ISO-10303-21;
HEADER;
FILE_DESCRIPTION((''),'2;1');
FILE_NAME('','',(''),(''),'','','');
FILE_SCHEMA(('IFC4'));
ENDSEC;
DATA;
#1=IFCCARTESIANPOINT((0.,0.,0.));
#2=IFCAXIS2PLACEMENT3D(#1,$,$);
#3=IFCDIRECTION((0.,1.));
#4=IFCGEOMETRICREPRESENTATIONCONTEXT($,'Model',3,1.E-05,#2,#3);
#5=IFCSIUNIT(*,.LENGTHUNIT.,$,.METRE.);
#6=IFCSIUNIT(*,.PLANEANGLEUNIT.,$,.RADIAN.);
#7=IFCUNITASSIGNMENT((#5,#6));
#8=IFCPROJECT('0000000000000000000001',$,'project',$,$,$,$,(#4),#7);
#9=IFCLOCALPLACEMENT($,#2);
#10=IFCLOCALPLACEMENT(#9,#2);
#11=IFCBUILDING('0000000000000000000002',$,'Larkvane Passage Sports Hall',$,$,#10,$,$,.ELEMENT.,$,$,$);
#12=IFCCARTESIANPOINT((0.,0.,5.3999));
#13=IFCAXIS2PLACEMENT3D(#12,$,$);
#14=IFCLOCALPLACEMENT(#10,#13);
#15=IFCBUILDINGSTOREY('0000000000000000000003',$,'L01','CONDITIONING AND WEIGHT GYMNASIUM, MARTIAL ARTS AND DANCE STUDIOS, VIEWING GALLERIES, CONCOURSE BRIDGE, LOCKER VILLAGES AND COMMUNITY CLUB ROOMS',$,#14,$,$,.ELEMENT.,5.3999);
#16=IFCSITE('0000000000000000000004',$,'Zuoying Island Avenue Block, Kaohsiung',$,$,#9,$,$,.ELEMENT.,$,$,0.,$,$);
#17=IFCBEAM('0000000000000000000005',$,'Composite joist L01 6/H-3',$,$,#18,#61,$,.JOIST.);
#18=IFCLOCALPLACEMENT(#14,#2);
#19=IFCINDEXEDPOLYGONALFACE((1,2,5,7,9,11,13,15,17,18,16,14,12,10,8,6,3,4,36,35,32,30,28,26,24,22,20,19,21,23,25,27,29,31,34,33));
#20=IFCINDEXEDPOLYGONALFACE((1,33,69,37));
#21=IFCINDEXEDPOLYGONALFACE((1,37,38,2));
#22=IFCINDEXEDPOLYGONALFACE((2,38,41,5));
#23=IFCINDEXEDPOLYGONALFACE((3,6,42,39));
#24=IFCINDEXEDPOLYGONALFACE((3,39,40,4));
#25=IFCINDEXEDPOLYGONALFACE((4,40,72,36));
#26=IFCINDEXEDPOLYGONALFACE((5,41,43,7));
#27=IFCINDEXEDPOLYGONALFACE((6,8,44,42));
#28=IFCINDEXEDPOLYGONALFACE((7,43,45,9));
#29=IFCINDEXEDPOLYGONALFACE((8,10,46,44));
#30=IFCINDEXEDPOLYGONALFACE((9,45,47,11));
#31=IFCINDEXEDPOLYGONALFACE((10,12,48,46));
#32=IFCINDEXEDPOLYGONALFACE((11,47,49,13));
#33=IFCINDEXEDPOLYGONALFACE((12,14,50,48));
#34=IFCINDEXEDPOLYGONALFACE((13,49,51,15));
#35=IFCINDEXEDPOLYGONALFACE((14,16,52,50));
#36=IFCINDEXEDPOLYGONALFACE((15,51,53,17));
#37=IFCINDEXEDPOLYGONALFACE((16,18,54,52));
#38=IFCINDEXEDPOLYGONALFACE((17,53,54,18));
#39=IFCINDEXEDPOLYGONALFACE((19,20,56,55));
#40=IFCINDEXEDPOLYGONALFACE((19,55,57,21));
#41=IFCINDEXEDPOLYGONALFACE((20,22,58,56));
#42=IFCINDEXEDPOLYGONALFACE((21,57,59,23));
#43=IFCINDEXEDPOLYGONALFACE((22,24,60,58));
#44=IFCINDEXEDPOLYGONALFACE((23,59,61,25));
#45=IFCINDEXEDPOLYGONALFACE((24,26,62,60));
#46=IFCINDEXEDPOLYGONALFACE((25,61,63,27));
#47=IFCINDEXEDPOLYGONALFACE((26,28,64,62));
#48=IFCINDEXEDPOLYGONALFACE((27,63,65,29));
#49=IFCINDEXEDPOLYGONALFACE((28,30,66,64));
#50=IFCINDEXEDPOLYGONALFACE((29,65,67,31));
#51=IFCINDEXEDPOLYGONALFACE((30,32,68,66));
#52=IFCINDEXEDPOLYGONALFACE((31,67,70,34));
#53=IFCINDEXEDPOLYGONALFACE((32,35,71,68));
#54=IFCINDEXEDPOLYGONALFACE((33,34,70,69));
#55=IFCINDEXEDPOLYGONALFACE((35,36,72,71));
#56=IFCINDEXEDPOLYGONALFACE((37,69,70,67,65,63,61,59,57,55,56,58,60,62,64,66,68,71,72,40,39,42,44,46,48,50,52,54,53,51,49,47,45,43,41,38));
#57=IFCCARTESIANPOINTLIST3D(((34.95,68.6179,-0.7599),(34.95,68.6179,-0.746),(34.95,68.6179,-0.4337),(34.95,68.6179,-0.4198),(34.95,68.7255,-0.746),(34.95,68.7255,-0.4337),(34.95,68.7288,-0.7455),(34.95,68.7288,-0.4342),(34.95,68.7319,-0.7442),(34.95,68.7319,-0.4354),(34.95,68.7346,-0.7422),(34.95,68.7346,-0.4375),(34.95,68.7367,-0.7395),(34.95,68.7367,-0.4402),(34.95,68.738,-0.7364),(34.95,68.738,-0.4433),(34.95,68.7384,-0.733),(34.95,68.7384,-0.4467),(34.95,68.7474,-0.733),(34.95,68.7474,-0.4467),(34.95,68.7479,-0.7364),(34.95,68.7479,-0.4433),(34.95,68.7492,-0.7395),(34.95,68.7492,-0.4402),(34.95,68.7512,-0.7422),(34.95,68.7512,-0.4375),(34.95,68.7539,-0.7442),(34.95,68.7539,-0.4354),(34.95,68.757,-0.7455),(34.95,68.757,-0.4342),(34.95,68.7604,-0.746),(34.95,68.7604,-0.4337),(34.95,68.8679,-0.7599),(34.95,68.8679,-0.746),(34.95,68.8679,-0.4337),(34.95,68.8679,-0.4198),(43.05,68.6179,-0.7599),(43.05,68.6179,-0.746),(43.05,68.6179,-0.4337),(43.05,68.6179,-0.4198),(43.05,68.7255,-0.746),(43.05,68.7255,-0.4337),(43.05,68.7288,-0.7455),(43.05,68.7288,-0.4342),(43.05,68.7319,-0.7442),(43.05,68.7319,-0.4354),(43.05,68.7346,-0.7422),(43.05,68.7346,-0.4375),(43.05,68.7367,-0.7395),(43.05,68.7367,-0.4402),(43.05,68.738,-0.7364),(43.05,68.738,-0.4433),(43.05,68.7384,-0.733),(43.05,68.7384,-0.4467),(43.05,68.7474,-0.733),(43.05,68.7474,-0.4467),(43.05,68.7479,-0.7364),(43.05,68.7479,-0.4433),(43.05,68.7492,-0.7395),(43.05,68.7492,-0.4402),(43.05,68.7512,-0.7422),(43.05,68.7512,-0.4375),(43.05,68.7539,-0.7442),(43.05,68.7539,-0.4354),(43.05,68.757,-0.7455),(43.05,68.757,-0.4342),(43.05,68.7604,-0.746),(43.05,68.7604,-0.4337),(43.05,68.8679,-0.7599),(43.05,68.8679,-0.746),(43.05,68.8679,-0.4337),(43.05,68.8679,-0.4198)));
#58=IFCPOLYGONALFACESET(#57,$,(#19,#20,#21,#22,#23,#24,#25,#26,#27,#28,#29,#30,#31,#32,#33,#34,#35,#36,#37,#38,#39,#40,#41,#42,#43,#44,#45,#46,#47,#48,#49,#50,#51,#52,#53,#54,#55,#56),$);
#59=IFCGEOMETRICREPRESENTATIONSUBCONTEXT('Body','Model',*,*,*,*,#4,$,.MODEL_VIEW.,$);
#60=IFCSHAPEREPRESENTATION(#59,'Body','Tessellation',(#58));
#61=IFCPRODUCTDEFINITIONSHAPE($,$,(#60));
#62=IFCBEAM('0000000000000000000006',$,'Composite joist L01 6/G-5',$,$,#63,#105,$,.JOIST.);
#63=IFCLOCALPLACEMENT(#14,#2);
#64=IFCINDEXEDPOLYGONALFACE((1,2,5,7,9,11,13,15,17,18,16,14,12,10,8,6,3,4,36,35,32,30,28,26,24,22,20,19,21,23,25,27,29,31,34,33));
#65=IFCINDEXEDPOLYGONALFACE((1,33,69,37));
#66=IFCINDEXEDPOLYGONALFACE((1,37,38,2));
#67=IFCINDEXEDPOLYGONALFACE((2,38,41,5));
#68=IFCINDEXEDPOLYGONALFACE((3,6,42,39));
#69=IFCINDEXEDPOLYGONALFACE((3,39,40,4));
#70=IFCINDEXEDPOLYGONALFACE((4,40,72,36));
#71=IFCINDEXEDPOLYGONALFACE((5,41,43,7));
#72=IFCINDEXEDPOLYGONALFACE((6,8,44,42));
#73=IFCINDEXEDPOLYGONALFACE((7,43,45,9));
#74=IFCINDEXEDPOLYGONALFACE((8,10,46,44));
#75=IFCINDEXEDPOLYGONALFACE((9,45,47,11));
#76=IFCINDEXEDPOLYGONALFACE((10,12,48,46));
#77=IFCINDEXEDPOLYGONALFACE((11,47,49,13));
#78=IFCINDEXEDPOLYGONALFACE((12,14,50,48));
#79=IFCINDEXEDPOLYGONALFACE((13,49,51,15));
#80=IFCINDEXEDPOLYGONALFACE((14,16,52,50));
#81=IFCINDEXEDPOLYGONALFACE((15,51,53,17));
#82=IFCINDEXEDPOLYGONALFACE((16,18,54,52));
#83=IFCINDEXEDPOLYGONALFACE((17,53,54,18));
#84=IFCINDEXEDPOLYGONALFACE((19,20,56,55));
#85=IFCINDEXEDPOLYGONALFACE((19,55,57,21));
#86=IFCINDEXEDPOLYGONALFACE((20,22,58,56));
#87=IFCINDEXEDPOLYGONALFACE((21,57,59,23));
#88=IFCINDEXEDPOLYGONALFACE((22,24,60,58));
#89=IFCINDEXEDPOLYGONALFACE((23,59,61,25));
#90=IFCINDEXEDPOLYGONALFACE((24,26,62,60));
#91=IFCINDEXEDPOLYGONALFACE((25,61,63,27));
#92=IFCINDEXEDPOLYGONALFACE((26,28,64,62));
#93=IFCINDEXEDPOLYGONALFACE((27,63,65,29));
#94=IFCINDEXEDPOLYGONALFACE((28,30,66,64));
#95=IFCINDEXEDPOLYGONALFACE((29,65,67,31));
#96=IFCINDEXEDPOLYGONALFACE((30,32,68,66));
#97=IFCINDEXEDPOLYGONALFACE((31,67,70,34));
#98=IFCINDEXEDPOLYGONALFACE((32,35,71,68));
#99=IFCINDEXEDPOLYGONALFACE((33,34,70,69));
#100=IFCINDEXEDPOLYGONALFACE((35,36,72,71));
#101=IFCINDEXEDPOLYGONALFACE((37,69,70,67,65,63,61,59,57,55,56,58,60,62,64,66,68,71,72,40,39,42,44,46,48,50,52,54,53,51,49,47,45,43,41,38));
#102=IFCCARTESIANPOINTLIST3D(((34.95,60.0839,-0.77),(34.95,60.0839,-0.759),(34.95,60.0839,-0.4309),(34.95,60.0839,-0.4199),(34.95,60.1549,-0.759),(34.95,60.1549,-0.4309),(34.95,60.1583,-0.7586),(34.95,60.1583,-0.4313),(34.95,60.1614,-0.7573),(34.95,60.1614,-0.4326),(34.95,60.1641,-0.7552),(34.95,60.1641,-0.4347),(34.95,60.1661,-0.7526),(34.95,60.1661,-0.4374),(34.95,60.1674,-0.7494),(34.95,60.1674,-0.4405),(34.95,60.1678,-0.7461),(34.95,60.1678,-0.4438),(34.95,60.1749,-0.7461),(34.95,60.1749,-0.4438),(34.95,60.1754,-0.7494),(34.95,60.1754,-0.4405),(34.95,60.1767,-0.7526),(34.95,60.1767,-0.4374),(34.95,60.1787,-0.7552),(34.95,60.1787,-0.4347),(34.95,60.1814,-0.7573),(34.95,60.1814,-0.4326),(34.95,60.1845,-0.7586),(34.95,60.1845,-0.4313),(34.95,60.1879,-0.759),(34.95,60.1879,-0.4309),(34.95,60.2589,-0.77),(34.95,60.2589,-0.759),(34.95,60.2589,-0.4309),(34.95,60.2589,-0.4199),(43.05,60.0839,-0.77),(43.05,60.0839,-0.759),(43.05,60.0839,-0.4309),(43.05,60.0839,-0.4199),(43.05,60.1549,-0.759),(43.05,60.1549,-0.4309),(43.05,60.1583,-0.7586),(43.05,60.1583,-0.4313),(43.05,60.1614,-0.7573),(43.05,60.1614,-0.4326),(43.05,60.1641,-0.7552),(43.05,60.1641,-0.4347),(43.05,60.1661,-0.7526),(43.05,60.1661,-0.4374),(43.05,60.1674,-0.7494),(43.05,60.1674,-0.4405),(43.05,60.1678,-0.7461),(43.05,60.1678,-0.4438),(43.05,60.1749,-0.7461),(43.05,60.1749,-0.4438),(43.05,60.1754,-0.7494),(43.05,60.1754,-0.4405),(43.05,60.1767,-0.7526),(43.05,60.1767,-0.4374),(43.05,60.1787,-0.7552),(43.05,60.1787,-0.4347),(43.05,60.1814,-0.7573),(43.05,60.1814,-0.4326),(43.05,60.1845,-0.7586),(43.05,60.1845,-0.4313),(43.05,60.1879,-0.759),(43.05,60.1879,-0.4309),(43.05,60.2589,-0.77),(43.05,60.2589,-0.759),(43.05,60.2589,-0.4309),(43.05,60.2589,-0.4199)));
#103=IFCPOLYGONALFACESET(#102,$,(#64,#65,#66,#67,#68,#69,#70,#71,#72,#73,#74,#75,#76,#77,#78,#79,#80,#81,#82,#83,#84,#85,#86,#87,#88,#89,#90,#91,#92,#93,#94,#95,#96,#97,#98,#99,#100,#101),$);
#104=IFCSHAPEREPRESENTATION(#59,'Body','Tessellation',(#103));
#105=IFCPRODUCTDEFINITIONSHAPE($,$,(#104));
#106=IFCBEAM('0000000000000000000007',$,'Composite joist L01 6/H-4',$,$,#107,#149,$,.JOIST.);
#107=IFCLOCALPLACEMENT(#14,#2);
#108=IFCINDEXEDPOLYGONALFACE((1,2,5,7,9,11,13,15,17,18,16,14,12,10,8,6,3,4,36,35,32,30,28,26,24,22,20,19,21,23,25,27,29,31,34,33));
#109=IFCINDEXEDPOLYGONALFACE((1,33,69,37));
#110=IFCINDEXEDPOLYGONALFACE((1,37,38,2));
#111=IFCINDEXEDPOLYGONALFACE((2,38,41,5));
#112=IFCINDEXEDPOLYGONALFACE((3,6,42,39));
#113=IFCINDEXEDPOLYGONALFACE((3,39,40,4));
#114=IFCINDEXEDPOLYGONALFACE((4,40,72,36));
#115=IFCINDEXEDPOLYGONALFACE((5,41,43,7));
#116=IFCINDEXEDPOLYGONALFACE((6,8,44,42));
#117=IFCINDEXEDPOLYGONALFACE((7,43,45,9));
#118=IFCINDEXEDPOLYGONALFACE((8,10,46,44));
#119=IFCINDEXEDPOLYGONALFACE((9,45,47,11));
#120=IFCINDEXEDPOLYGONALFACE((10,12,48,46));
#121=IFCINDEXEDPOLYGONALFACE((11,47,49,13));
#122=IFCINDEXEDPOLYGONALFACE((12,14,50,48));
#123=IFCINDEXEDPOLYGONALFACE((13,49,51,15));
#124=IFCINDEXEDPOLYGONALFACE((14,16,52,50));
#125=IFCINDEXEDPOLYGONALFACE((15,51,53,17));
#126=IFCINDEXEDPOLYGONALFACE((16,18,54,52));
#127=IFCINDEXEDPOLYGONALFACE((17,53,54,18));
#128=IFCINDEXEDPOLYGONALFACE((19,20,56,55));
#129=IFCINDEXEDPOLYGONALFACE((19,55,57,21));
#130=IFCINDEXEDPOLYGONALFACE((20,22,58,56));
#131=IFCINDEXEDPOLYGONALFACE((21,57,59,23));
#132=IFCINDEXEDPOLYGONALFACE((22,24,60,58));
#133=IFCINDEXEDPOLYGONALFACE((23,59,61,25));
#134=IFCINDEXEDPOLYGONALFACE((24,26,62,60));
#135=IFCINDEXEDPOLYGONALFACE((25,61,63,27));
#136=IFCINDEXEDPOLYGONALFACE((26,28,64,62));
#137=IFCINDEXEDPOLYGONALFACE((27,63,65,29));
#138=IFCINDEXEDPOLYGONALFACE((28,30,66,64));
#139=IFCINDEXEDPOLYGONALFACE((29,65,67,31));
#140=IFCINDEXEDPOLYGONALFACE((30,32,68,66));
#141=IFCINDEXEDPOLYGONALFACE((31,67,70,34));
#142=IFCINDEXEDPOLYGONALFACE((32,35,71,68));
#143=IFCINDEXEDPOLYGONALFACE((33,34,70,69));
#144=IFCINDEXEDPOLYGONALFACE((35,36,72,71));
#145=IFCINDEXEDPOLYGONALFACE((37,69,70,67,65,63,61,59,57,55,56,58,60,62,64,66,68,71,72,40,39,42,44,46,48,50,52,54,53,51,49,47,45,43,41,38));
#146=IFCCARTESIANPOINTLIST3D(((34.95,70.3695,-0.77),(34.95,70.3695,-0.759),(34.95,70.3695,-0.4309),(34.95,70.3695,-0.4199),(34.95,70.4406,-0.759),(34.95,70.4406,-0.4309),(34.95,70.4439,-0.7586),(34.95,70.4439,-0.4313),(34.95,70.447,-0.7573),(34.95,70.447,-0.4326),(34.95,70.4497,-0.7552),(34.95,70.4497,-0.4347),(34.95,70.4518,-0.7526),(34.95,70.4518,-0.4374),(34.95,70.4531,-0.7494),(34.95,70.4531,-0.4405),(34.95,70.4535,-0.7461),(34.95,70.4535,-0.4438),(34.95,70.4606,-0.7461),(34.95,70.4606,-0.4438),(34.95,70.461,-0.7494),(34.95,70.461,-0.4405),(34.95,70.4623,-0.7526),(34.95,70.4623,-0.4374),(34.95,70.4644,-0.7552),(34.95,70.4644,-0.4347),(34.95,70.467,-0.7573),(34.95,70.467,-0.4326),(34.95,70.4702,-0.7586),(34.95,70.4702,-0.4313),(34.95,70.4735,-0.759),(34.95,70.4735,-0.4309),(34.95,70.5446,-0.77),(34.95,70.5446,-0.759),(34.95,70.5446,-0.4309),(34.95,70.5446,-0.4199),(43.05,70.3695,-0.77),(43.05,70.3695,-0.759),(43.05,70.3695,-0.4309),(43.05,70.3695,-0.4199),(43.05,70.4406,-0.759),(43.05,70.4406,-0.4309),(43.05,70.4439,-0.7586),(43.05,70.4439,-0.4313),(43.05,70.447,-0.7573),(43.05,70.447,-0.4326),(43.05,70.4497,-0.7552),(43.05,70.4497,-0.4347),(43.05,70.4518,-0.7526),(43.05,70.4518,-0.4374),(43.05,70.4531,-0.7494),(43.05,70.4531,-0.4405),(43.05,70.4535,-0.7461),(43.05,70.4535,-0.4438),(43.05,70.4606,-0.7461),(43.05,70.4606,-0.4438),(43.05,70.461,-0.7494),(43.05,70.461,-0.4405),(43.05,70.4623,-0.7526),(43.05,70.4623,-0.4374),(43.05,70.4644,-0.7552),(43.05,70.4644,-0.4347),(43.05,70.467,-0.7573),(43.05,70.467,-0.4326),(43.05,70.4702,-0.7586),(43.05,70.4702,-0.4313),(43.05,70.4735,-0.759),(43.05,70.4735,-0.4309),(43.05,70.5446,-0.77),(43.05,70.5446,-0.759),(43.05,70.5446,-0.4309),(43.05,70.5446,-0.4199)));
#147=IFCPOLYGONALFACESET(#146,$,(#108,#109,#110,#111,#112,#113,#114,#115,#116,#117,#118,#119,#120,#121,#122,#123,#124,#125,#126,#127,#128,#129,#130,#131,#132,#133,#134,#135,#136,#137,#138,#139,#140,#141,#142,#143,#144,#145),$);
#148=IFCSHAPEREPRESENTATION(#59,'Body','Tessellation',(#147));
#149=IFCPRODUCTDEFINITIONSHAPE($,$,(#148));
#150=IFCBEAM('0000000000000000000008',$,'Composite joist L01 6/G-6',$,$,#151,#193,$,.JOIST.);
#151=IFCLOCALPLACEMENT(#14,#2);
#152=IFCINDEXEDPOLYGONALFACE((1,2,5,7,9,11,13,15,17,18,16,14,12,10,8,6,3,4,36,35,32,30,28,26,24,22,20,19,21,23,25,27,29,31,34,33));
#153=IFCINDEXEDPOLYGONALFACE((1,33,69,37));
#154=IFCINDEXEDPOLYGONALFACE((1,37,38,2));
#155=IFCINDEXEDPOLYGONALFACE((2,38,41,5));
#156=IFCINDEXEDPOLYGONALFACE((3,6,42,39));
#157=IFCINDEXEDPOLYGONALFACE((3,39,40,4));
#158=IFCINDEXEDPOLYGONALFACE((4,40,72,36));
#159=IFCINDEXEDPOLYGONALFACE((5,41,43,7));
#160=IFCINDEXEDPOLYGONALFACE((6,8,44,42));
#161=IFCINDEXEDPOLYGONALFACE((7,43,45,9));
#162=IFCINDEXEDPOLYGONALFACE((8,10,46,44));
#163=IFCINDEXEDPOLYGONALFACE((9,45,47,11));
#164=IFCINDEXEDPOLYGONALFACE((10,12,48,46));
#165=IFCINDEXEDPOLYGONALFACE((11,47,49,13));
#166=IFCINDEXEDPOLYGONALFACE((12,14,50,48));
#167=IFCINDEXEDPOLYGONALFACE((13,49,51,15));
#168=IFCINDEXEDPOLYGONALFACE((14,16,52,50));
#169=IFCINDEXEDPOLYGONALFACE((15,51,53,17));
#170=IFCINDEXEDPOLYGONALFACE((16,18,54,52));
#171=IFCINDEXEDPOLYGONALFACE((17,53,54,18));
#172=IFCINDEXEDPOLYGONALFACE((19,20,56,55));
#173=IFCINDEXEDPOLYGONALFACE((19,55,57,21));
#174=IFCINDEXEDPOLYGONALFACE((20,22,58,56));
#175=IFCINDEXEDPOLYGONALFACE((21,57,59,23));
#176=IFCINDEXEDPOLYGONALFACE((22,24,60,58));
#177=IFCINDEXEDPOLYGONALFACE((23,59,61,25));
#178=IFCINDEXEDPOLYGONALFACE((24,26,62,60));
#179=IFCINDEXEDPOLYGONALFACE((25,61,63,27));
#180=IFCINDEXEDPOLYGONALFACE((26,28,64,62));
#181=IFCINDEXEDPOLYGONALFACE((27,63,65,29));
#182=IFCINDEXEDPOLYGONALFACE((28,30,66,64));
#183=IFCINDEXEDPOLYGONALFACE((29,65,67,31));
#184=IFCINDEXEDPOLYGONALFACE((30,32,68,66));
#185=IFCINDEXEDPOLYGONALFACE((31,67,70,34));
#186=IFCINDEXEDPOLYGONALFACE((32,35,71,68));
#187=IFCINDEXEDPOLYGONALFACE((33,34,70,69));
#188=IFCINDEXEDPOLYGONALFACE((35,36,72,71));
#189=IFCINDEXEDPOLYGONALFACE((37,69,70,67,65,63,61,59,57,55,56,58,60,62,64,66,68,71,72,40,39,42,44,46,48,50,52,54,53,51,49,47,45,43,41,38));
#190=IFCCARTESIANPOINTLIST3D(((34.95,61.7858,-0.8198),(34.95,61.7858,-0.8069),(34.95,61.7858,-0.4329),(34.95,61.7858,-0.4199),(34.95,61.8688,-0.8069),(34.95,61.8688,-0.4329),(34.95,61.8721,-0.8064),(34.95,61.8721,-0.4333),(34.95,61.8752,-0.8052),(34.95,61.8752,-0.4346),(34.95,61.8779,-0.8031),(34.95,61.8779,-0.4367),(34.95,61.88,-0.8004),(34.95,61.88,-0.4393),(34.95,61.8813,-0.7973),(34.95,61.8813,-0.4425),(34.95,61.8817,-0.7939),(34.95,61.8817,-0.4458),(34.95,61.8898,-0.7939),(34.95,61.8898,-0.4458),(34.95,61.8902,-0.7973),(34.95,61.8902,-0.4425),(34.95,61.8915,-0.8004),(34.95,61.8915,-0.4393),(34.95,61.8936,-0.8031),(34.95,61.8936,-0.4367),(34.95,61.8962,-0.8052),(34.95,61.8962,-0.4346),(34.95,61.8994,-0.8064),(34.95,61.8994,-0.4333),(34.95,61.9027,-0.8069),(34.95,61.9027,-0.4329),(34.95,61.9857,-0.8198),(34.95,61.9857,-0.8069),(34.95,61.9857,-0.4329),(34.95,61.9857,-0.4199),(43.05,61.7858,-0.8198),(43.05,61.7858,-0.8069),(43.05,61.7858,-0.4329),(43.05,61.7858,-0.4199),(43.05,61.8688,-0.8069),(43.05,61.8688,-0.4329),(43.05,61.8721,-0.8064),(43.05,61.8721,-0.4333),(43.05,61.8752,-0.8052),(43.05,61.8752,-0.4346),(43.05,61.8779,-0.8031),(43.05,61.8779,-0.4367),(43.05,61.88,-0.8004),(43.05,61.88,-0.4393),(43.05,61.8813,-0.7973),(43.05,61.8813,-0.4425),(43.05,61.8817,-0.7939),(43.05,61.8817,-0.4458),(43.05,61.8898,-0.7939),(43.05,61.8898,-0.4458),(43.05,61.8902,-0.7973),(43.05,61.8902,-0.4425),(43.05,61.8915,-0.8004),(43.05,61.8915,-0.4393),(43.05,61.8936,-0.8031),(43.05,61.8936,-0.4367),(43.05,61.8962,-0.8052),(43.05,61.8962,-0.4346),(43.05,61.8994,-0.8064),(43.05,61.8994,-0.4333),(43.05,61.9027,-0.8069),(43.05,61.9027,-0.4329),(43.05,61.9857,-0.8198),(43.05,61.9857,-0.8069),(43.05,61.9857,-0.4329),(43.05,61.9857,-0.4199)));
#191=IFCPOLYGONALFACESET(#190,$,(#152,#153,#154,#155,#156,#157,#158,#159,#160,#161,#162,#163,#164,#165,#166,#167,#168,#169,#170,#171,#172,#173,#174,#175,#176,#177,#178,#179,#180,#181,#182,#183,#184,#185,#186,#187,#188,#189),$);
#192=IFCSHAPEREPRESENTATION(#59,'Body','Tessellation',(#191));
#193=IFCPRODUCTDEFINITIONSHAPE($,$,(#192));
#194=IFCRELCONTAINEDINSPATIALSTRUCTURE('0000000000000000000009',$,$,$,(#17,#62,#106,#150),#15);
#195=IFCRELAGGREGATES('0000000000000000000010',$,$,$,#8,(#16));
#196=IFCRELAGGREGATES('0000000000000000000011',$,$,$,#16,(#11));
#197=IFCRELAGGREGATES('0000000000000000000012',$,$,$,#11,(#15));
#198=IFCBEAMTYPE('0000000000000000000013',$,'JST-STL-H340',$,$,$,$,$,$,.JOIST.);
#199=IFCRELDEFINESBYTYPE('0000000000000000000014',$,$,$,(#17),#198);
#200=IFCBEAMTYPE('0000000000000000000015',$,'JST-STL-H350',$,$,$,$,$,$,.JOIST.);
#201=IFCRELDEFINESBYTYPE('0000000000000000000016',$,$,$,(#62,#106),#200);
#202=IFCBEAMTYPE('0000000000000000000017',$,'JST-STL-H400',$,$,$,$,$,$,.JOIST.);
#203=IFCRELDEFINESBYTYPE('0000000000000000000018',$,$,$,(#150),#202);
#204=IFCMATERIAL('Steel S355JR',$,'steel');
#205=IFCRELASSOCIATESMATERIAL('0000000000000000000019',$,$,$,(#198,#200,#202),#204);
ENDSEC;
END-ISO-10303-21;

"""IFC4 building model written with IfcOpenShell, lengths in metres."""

from ifc_helpers import new_model, si_unit, direction, frame, origin, origin_2d, place, context, subcontext, project, spatial, i_section, extrude, material, material_profile, profile_set, type_object, element, save


model = new_model("IFC4")

# Units and contexts
model_context = context("Model", 3, precision=1e-05, world=origin(), true_north=direction((0.0, 1.0)))
body_context = subcontext(model_context, "Body", "Model", "MODEL_VIEW")
ifc_project = project(units=[si_unit("LENGTHUNIT", "METRE"), si_unit("PLANEANGLEUNIT", "RADIAN")], contexts=[model_context])

# Site, building, storey
site_placement = place(None, origin())
site = spatial("IfcSite", under=ifc_project, at=site_placement, Name="Zuoying Island Avenue Block, Kaohsiung", CompositionType="ELEMENT", RefElevation=0.0)
building_placement = place(site_placement, origin())
building = spatial("IfcBuilding", under=site, at=building_placement, Name="Larkvane Passage Sports Hall", CompositionType="ELEMENT")
storey_placement = place(building_placement, frame((0.0, 0.0, 5.3999)))
storey = spatial("IfcBuildingStorey", under=building, at=storey_placement, Name="L01", Description="CONDITIONING AND WEIGHT GYMNASIUM, MARTIAL ARTS AND DANCE STUDIOS, VIEWING GALLERIES, CONCOURSE BRIDGE, LOCKER VILLAGES AND COMMUNITY CLUB ROOMS", CompositionType="ELEMENT", Elevation=5.3999)

# Shared definitions
ifc_material_1 = material(Name="Steel S355JR", Category="steel")

# Beams
ifc_material_profile_1 = material_profile(ifc_material_1, i_section(OverallWidth=0.25, OverallDepth=0.3401, WebThickness=0.009, FlangeThickness=0.0139, FilletRadius=0.0129, at=origin_2d()), Name="H-340x250x9x14")
ifc_profile_set_1 = profile_set([ifc_material_profile_1], Name="Steel S355JR")
beam_type_1 = type_object("IfcBeamType", Name="JST-STL-H340", PredefinedType="JOIST", material=ifc_profile_set_1)
for number, where, z_axis, x_axis, name in (
    (1, (34.95, 68.7429, -0.5898), (1.0, 0.0, 0.0), (0.0, 1.0, 0.0), "Composite joist L01 6/H-3"),
):
    element("IfcBeam", number, at=place(storey_placement, frame(where, z_axis=z_axis, x_axis=x_axis)), inside=storey, type_object=beam_type_1, Name=name, PredefinedType="JOIST", context=body_context, shape_type="SweptSolid", body=[
        extrude(i_section(OverallWidth=0.25, OverallDepth=0.3401, WebThickness=0.009, FlangeThickness=0.0139, FilletRadius=0.0129, at=origin_2d()), origin(), (0.0, 0.0, 1.0), 8.1001),
    ])
ifc_material_profile_2 = material_profile(ifc_material_1, i_section(OverallWidth=0.175, OverallDepth=0.3501, WebThickness=0.0071, FlangeThickness=0.011, FilletRadius=0.0129, at=origin_2d()), Name="H-350x175x7x11")
ifc_profile_set_2 = profile_set([ifc_material_profile_2], Name="Steel S355JR")
beam_type_2 = type_object("IfcBeamType", Name="JST-STL-H350", PredefinedType="JOIST", material=ifc_profile_set_2)
for number, where, z_axis, x_axis, name in (
    (2, (34.95, 60.1714, -0.595), (1.0, 0.0, 0.0), (0.0, 1.0, 0.0), "Composite joist L01 6/G-5"),
    (3, (34.95, 70.457, -0.595), (1.0, 0.0, 0.0), (0.0, 1.0, 0.0), "Composite joist L01 6/H-4"),
):
    element("IfcBeam", number, at=place(storey_placement, frame(where, z_axis=z_axis, x_axis=x_axis)), inside=storey, type_object=beam_type_2, Name=name, PredefinedType="JOIST", context=body_context, shape_type="SweptSolid", body=[
        extrude(i_section(OverallWidth=0.175, OverallDepth=0.3501, WebThickness=0.0071, FlangeThickness=0.011, FilletRadius=0.0129, at=origin_2d()), origin(), (0.0, 0.0, 1.0), 8.1001),
    ])
ifc_material_profile_3 = material_profile(ifc_material_1, i_section(OverallWidth=0.2, OverallDepth=0.3999, WebThickness=0.0081, FlangeThickness=0.0129, FilletRadius=0.0129, at=origin_2d()), Name="H-400x200x8x13")
ifc_profile_set_3 = profile_set([ifc_material_profile_3], Name="Steel S355JR")
beam_type_3 = type_object("IfcBeamType", Name="JST-STL-H400", PredefinedType="JOIST", material=ifc_profile_set_3)
for number, where, z_axis, x_axis, name in (
    (4, (34.95, 61.8857, -0.6199), (1.0, 0.0, 0.0), (0.0, 1.0, 0.0), "Composite joist L01 6/G-6"),
):
    element("IfcBeam", number, at=place(storey_placement, frame(where, z_axis=z_axis, x_axis=x_axis)), inside=storey, type_object=beam_type_3, Name=name, PredefinedType="JOIST", context=body_context, shape_type="SweptSolid", body=[
        extrude(i_section(OverallWidth=0.2, OverallDepth=0.3999, WebThickness=0.0081, FlangeThickness=0.0129, FilletRadius=0.0129, at=origin_2d()), origin(), (0.0, 0.0, 1.0), 8.1001),
    ])

save(model, "model.ifc")
